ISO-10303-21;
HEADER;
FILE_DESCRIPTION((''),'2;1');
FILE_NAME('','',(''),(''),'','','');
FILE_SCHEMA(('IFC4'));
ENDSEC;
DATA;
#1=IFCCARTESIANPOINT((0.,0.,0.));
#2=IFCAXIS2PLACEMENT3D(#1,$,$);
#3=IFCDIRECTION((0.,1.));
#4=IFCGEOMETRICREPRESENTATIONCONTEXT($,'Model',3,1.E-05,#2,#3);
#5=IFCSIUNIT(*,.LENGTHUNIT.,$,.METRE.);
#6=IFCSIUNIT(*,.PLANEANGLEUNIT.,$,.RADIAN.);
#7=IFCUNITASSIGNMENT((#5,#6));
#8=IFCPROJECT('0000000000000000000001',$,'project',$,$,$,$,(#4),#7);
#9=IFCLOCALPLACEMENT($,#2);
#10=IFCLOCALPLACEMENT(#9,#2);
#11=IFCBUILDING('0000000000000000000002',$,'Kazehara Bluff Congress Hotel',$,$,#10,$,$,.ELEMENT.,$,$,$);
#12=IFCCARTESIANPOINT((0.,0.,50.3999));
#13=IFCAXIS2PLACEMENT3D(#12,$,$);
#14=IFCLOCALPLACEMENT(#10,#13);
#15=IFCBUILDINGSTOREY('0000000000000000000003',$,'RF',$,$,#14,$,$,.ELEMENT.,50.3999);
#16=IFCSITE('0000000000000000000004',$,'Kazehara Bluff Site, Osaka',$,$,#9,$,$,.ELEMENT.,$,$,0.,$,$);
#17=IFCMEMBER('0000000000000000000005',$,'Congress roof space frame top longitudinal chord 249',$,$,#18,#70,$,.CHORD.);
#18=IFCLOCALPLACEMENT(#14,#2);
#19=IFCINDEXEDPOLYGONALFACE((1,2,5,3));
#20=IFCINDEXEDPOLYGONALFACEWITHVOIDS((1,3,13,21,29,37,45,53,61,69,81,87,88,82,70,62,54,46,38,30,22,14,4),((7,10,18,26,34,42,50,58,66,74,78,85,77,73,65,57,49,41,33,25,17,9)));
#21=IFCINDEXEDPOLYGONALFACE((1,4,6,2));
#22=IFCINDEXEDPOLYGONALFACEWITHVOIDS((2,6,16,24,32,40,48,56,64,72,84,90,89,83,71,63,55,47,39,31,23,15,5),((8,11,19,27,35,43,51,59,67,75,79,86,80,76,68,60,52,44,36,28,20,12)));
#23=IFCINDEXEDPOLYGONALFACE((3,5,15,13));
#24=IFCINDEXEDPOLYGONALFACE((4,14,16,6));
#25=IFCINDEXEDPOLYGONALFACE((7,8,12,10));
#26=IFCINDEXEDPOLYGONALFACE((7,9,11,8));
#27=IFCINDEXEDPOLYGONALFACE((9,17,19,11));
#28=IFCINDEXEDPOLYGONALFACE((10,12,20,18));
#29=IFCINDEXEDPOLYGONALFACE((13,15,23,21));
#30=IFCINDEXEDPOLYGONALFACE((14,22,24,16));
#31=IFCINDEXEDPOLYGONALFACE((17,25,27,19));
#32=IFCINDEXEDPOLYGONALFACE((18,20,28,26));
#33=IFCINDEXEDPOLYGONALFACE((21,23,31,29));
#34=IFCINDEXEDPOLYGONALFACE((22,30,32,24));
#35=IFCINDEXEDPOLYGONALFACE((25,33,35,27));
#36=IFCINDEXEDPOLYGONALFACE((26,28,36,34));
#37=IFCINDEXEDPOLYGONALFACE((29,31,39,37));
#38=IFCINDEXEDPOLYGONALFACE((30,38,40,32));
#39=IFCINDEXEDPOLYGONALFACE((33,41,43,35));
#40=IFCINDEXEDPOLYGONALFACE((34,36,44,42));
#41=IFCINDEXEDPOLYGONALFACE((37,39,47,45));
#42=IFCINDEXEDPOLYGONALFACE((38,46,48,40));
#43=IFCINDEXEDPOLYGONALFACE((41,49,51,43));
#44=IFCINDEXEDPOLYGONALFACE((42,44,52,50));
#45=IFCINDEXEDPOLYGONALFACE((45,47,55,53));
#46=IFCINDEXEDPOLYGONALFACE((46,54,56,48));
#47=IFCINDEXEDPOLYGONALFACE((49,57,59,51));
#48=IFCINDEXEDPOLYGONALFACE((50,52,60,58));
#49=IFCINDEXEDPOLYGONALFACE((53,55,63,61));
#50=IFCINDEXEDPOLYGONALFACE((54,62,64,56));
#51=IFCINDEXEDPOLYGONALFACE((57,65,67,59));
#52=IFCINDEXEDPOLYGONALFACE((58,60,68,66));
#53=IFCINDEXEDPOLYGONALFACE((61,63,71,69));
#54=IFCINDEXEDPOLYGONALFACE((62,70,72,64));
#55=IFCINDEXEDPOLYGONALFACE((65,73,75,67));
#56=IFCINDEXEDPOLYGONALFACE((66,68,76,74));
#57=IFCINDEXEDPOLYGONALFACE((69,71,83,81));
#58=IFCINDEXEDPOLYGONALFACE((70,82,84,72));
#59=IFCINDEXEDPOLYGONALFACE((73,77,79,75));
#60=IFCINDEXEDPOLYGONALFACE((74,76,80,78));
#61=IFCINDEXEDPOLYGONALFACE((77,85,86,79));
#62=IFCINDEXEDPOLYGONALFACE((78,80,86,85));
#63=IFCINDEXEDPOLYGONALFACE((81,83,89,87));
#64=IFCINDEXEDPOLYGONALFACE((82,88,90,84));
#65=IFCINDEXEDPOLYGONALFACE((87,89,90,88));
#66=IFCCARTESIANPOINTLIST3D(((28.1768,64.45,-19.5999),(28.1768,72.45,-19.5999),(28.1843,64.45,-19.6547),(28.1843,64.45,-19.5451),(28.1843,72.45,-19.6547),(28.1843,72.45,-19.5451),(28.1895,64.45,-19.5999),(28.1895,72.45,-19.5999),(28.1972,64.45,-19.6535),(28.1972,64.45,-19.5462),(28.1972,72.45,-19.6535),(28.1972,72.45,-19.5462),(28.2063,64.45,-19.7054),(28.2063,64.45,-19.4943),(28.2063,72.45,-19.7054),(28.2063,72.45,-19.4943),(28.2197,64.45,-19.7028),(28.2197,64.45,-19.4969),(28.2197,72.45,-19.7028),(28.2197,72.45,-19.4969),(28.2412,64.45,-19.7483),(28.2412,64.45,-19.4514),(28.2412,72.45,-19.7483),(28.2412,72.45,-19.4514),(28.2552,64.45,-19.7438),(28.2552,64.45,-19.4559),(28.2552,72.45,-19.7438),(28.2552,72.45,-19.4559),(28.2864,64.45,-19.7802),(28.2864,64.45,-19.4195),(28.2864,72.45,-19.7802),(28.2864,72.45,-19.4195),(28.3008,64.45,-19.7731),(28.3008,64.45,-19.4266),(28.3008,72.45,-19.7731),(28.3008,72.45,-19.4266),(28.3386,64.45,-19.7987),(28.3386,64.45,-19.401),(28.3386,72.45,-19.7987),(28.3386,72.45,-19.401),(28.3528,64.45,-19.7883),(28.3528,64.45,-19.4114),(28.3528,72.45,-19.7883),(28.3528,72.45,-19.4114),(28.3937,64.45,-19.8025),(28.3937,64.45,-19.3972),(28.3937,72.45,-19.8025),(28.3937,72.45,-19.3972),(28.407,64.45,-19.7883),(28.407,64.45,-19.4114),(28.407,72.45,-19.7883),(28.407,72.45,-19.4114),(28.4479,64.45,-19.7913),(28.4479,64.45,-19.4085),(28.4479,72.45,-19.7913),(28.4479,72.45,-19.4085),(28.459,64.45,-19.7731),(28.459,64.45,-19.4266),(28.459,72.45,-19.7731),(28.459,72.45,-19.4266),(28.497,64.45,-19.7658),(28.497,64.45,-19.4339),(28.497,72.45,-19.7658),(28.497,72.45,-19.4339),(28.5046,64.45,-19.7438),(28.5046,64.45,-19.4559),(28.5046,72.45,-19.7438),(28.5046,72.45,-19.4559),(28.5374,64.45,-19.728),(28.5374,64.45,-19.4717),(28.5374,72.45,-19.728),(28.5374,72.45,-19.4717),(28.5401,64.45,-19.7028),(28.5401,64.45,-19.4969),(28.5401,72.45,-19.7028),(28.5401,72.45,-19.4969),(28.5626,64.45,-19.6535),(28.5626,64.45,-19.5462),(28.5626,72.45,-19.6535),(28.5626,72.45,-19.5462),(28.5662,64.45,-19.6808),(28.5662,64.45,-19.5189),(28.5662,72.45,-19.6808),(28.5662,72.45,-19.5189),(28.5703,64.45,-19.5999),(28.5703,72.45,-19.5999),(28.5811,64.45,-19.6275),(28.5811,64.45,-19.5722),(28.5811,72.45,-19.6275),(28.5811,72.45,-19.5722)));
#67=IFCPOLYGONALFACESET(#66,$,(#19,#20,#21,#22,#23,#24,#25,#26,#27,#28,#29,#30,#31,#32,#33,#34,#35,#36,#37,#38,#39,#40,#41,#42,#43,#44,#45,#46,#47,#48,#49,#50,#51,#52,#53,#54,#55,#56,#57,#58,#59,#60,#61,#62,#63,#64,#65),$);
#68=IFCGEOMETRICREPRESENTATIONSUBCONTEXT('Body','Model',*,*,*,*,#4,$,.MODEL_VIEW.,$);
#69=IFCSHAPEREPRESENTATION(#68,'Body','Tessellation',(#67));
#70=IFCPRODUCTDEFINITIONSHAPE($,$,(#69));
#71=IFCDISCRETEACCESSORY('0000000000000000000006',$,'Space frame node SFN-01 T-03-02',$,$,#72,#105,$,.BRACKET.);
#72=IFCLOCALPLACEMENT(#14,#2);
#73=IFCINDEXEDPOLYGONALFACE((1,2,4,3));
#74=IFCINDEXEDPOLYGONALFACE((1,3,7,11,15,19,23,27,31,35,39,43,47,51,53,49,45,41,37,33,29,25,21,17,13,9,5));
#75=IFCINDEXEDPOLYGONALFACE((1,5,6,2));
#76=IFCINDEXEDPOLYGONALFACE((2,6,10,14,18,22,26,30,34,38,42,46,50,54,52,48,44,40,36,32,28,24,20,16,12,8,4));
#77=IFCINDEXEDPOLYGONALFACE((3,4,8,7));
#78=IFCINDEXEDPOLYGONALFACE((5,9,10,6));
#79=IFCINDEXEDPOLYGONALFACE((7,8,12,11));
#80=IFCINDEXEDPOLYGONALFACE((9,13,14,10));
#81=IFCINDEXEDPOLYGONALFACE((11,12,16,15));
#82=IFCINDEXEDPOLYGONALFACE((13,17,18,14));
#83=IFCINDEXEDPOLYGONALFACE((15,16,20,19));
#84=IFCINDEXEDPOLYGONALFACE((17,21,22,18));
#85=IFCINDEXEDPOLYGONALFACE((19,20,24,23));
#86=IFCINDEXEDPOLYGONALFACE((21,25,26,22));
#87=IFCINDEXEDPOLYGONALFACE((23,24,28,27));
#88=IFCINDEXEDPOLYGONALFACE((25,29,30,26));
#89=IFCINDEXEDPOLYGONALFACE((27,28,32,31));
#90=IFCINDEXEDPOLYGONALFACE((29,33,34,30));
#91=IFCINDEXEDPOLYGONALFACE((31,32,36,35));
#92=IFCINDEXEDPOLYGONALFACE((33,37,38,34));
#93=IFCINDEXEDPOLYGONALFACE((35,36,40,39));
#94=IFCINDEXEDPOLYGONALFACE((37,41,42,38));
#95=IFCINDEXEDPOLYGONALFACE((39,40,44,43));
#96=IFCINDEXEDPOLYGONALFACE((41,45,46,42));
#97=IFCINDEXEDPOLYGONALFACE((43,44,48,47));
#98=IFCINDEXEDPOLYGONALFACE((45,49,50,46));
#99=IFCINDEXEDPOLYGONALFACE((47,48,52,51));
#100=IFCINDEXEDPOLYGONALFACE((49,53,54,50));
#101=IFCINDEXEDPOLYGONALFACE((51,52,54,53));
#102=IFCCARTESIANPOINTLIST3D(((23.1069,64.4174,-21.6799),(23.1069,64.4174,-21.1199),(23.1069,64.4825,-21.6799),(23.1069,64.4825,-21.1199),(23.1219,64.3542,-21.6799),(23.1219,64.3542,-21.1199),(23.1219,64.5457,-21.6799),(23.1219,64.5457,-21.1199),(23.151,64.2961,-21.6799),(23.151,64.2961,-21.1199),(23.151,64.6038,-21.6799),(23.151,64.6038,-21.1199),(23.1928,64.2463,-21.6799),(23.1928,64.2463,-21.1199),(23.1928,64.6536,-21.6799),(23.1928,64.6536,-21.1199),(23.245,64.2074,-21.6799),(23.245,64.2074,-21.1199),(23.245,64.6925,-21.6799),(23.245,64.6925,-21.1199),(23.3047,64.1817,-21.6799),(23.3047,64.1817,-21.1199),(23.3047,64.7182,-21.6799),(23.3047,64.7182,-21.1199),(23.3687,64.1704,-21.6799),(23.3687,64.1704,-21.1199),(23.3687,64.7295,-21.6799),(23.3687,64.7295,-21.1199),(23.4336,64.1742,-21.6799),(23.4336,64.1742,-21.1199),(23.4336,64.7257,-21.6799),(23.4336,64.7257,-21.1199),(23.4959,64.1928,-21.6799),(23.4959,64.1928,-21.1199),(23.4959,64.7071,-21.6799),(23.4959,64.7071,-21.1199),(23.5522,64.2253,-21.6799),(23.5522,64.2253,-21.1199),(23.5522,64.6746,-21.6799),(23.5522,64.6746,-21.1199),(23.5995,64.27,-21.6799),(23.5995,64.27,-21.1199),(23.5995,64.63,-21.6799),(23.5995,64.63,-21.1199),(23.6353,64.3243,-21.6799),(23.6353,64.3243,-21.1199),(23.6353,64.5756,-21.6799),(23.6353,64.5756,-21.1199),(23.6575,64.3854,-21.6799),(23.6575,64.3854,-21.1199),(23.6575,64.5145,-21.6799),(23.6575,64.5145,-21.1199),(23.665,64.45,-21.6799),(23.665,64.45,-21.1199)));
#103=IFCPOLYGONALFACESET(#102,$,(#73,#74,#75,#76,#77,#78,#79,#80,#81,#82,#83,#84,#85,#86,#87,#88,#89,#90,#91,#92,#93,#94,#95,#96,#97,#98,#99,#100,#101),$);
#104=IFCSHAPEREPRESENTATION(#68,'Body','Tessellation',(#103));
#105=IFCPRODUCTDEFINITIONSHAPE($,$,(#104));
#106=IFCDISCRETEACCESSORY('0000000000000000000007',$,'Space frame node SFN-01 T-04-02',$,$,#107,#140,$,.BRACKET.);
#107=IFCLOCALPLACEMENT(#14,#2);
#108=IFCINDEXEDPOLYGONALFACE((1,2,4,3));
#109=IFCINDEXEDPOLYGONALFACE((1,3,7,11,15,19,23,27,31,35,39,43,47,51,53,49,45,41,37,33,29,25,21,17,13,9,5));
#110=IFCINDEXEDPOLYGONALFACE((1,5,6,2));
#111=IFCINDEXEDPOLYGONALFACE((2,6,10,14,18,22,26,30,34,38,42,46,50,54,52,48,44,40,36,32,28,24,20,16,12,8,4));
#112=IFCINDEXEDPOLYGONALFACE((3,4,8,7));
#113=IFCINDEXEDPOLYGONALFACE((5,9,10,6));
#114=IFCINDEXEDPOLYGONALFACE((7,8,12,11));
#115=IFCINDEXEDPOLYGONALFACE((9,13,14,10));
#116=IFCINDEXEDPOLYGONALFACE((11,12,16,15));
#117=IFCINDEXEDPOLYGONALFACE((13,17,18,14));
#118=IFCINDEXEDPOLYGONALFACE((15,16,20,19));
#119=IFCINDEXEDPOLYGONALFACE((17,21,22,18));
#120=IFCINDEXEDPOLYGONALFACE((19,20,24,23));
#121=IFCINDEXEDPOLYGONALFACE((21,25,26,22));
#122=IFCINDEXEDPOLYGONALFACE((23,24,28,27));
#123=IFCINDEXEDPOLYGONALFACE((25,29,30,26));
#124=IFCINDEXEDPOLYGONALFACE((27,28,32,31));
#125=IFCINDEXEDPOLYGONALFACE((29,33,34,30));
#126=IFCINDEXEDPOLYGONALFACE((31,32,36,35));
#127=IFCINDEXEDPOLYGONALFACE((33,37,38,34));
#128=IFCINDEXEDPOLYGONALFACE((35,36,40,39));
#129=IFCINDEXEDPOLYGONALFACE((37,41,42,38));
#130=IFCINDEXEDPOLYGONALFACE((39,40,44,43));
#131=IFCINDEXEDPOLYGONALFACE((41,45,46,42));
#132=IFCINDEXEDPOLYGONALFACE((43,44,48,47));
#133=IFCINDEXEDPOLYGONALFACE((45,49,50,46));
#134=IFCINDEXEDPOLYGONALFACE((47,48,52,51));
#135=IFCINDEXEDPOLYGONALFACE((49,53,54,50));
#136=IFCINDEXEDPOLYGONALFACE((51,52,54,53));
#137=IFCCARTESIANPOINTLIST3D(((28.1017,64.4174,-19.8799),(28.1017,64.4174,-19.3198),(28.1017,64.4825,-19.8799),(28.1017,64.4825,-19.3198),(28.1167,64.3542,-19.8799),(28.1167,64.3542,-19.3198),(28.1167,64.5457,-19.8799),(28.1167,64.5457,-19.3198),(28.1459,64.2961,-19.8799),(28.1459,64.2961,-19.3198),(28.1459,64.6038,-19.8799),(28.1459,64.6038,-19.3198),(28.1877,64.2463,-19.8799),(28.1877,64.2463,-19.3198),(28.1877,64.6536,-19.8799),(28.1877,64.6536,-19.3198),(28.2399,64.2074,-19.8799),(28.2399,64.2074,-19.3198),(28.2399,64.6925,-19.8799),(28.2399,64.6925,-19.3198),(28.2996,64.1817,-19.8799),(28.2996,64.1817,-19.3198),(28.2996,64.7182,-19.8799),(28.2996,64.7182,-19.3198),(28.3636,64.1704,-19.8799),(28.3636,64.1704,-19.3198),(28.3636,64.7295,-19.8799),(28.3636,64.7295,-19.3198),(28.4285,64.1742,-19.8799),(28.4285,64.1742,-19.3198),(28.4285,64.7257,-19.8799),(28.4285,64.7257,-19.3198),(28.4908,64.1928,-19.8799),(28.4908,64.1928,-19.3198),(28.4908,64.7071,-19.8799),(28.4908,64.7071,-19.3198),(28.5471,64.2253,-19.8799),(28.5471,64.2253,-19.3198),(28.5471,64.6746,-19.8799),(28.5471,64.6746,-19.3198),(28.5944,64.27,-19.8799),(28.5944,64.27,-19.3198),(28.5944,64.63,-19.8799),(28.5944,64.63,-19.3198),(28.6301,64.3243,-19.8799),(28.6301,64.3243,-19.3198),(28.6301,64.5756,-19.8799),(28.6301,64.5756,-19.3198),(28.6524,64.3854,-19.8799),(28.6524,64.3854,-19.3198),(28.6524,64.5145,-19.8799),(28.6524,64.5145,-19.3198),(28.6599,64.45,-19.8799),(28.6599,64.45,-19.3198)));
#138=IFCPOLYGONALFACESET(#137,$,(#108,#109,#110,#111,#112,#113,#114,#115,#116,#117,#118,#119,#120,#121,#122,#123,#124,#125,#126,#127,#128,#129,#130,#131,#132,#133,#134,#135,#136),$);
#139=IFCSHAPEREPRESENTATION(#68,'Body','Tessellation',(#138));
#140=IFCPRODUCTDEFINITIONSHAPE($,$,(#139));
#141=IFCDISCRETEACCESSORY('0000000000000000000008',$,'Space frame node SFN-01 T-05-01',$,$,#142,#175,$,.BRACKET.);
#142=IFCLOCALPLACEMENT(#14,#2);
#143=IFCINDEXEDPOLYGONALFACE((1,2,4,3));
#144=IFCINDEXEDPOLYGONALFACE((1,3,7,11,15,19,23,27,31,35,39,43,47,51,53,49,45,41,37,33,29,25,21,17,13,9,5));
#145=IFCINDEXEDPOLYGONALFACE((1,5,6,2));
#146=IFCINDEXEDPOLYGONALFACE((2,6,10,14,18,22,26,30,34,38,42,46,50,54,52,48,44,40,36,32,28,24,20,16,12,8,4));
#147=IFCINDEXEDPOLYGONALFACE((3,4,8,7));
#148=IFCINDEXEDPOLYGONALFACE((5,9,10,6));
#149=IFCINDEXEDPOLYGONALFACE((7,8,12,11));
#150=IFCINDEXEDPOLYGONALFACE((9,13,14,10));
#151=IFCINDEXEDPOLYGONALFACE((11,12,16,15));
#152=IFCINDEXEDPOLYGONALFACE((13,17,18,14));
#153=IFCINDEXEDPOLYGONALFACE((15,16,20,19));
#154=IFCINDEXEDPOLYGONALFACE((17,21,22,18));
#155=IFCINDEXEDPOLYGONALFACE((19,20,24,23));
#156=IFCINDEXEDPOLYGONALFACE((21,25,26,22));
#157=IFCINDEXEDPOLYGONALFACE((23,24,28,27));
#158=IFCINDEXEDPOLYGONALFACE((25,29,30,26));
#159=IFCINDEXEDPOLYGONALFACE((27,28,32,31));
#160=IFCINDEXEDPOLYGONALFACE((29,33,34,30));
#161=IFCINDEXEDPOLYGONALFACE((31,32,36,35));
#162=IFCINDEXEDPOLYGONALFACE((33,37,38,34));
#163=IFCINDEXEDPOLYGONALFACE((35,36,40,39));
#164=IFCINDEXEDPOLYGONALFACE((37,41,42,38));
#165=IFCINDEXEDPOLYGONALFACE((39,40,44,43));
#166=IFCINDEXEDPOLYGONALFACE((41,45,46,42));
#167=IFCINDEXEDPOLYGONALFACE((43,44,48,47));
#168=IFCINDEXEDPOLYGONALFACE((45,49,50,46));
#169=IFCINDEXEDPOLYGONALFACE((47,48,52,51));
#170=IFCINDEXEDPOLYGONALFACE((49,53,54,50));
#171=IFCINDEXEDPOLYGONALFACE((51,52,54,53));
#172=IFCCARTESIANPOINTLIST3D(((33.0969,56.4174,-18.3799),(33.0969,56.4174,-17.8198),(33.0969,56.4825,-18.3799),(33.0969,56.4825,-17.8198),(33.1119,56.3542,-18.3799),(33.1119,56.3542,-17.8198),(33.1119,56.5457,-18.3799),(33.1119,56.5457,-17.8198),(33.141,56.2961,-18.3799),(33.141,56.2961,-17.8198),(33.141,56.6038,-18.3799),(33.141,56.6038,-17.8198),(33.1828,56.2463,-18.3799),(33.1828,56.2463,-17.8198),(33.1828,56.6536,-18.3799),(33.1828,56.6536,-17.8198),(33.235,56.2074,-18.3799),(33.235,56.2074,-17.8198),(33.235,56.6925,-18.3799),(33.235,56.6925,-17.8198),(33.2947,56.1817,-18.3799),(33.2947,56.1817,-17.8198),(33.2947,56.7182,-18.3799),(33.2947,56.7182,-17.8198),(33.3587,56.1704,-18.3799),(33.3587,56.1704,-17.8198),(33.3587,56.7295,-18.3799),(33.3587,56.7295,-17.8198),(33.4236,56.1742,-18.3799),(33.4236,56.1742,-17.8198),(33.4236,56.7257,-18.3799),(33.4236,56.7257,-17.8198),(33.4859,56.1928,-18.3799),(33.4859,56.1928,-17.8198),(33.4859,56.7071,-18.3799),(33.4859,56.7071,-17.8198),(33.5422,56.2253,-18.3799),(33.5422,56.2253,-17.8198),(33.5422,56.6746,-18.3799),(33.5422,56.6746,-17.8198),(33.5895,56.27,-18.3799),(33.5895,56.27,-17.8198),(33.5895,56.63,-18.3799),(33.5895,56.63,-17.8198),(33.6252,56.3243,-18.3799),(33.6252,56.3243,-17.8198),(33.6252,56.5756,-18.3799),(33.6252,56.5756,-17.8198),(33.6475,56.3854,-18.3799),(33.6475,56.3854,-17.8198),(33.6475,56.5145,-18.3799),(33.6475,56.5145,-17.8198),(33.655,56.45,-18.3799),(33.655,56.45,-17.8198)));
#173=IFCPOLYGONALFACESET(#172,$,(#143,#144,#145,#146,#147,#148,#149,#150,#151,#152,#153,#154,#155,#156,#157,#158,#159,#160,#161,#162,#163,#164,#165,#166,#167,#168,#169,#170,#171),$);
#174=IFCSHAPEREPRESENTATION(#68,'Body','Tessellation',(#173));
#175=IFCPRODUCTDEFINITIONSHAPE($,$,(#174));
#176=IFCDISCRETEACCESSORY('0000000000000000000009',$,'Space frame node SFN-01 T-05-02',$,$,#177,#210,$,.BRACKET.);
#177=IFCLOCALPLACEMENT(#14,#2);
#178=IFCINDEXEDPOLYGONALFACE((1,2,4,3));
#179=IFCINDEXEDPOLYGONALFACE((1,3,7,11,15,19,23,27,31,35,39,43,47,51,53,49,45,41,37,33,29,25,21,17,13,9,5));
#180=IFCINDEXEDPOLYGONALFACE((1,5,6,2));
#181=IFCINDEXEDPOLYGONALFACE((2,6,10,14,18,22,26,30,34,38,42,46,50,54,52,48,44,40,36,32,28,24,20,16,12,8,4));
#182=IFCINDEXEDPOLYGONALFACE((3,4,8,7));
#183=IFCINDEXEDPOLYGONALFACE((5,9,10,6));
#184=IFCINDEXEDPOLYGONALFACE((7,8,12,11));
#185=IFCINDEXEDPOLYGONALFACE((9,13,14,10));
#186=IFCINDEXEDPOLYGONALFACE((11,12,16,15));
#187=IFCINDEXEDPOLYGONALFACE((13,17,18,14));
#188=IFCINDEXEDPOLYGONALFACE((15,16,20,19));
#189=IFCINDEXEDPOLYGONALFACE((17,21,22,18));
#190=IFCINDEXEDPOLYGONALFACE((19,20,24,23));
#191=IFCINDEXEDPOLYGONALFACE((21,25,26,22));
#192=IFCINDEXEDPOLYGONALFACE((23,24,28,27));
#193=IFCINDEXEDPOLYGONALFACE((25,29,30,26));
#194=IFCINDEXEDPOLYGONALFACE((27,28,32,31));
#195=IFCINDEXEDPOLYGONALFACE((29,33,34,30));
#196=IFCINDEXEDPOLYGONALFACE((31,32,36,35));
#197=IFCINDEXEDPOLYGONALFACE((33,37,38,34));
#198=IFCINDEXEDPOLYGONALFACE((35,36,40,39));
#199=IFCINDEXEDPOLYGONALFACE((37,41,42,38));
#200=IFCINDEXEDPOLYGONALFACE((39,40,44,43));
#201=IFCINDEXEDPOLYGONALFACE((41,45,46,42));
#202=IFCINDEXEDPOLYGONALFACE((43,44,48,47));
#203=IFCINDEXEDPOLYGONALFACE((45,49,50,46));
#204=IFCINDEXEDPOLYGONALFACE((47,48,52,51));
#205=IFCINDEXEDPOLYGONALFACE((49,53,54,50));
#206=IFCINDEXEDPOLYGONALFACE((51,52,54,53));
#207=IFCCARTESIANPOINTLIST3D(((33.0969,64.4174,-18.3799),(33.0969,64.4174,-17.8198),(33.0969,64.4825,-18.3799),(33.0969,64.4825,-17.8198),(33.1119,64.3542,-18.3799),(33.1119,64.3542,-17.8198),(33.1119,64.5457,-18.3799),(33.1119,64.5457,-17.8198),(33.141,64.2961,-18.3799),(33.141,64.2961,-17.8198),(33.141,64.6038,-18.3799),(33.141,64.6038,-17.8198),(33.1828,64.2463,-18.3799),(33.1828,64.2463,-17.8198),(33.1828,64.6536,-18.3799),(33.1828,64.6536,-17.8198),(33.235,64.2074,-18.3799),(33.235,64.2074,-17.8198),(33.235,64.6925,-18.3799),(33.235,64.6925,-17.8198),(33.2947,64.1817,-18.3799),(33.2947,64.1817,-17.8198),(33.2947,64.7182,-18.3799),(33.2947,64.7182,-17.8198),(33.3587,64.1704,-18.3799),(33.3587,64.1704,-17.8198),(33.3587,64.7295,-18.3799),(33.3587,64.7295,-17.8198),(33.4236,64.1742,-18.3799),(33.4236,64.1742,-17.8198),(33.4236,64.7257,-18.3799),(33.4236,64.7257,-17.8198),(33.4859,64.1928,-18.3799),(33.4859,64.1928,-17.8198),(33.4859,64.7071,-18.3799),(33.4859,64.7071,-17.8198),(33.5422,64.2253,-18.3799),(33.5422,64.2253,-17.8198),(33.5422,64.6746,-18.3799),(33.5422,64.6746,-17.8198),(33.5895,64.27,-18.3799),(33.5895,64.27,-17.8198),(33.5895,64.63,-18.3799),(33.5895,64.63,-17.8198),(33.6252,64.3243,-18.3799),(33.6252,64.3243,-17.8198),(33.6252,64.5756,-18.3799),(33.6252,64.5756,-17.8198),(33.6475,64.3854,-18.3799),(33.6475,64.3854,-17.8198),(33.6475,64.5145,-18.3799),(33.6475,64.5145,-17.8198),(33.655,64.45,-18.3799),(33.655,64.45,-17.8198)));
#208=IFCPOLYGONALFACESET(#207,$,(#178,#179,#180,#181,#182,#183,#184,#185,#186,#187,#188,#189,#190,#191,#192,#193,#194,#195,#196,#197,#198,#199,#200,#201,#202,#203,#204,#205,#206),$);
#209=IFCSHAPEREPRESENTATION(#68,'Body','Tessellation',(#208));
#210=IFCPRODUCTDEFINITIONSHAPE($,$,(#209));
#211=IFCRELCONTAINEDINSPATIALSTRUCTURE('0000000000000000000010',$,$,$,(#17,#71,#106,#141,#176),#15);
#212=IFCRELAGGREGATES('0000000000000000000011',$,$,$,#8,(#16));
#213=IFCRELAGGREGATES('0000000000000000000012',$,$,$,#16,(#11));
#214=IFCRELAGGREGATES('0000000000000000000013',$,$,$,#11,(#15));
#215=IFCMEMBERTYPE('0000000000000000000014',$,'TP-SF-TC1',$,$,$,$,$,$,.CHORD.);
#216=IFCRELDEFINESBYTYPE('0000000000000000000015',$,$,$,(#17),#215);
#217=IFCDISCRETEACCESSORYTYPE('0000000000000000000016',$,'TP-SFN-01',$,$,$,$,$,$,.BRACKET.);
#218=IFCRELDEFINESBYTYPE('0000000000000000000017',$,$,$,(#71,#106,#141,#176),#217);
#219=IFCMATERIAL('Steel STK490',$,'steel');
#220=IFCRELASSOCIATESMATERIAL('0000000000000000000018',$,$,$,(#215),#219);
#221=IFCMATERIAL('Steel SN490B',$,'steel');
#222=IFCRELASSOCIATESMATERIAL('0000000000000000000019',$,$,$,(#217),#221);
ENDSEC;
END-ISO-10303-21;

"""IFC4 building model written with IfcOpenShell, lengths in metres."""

from ifc_helpers import new_model, si_unit, direction, frame, origin, origin_2d, place, context, subcontext, project, spatial, circle, hollow_circle, extrude, material, material_profile, profile_set, type_object, element, save


model = new_model("IFC4")

# Units and contexts
model_context = context("Model", 3, precision=1e-05, world=origin(), true_north=direction((0.0, 1.0)))
body_context = subcontext(model_context, "Body", "Model", "MODEL_VIEW")
ifc_project = project(units=[si_unit("LENGTHUNIT", "METRE"), si_unit("PLANEANGLEUNIT", "RADIAN")], contexts=[model_context])

# Site, building, storey
site_placement = place(None, origin())
site = spatial("IfcSite", under=ifc_project, at=site_placement, Name="Kazehara Bluff Site, Osaka", CompositionType="ELEMENT", RefElevation=0.0)
building_placement = place(site_placement, origin())
building = spatial("IfcBuilding", under=site, at=building_placement, Name="Kazehara Bluff Congress Hotel", CompositionType="ELEMENT")
storey_placement = place(building_placement, frame((0.0, 0.0, 50.3999)))
storey = spatial("IfcBuildingStorey", under=building, at=storey_placement, Name="RF", CompositionType="ELEMENT", Elevation=50.3999)

# Member
ifc_material_1 = material(Name="Steel STK490", Category="steel")
ifc_material_profile_1 = material_profile(ifc_material_1, hollow_circle(Radius=0.2031, WallThickness=0.0127, at=origin_2d()))
ifc_profile_set_1 = profile_set([ifc_material_profile_1], Name="Steel STK490")
member_type_1 = type_object("IfcMemberType", Name="TP-SF-TC1", PredefinedType="CHORD", material=ifc_profile_set_1)
for number, where, z_axis, x_axis, name in (
    (1, (28.3799, 64.45, -19.5999), (0.0, 1.0, 0.0), (-1.0, 0.0, 0.0), "Congress roof space frame top longitudinal chord 249"),
):
    element("IfcMember", number, at=place(storey_placement, frame(where, z_axis=z_axis, x_axis=x_axis)), inside=storey, type_object=member_type_1, Name=name, PredefinedType="CHORD", context=body_context, shape_type="SweptSolid", body=[
        extrude(hollow_circle(Radius=0.2031, WallThickness=0.0127, at=origin_2d()), origin(), (0.0, 0.0, 1.0), 8.0),
    ])

# Discrete accessories
ifc_material_2 = material(Name="Steel SN490B", Category="steel")
ifc_material_profile_2 = material_profile(ifc_material_2, circle(Radius=0.28, at=origin_2d()))
ifc_profile_set_2 = profile_set([ifc_material_profile_2], Name="Steel SN490B")
discrete_accessory_type_1 = type_object("IfcDiscreteAccessoryType", Name="TP-SFN-01", PredefinedType="BRACKET", material=ifc_profile_set_2)
for number, where, z_axis, x_axis, name in (
    (2, (23.385, 64.45, -21.6799), (0.0, 0.0, 1.0), (1.0, 0.0, 0.0), "Space frame node SFN-01 T-03-02"),
    (3, (28.3799, 64.45, -19.8799), (0.0, 0.0, 1.0), (1.0, 0.0, 0.0), "Space frame node SFN-01 T-04-02"),
    (4, (33.375, 56.45, -18.3799), (0.0, 0.0, 1.0), (1.0, 0.0, 0.0), "Space frame node SFN-01 T-05-01"),
    (5, (33.375, 64.45, -18.3799), (0.0, 0.0, 1.0), (1.0, 0.0, 0.0), "Space frame node SFN-01 T-05-02"),
):
    element("IfcDiscreteAccessory", number, at=place(storey_placement, frame(where, z_axis=z_axis, x_axis=x_axis)), inside=storey, type_object=discrete_accessory_type_1, Name=name, PredefinedType="BRACKET", context=body_context, shape_type="SweptSolid", body=[
        extrude(circle(Radius=0.28, at=origin_2d()), origin(), (0.0, 0.0, 1.0), 0.5601),
    ])

save(model, "model.ifc")
